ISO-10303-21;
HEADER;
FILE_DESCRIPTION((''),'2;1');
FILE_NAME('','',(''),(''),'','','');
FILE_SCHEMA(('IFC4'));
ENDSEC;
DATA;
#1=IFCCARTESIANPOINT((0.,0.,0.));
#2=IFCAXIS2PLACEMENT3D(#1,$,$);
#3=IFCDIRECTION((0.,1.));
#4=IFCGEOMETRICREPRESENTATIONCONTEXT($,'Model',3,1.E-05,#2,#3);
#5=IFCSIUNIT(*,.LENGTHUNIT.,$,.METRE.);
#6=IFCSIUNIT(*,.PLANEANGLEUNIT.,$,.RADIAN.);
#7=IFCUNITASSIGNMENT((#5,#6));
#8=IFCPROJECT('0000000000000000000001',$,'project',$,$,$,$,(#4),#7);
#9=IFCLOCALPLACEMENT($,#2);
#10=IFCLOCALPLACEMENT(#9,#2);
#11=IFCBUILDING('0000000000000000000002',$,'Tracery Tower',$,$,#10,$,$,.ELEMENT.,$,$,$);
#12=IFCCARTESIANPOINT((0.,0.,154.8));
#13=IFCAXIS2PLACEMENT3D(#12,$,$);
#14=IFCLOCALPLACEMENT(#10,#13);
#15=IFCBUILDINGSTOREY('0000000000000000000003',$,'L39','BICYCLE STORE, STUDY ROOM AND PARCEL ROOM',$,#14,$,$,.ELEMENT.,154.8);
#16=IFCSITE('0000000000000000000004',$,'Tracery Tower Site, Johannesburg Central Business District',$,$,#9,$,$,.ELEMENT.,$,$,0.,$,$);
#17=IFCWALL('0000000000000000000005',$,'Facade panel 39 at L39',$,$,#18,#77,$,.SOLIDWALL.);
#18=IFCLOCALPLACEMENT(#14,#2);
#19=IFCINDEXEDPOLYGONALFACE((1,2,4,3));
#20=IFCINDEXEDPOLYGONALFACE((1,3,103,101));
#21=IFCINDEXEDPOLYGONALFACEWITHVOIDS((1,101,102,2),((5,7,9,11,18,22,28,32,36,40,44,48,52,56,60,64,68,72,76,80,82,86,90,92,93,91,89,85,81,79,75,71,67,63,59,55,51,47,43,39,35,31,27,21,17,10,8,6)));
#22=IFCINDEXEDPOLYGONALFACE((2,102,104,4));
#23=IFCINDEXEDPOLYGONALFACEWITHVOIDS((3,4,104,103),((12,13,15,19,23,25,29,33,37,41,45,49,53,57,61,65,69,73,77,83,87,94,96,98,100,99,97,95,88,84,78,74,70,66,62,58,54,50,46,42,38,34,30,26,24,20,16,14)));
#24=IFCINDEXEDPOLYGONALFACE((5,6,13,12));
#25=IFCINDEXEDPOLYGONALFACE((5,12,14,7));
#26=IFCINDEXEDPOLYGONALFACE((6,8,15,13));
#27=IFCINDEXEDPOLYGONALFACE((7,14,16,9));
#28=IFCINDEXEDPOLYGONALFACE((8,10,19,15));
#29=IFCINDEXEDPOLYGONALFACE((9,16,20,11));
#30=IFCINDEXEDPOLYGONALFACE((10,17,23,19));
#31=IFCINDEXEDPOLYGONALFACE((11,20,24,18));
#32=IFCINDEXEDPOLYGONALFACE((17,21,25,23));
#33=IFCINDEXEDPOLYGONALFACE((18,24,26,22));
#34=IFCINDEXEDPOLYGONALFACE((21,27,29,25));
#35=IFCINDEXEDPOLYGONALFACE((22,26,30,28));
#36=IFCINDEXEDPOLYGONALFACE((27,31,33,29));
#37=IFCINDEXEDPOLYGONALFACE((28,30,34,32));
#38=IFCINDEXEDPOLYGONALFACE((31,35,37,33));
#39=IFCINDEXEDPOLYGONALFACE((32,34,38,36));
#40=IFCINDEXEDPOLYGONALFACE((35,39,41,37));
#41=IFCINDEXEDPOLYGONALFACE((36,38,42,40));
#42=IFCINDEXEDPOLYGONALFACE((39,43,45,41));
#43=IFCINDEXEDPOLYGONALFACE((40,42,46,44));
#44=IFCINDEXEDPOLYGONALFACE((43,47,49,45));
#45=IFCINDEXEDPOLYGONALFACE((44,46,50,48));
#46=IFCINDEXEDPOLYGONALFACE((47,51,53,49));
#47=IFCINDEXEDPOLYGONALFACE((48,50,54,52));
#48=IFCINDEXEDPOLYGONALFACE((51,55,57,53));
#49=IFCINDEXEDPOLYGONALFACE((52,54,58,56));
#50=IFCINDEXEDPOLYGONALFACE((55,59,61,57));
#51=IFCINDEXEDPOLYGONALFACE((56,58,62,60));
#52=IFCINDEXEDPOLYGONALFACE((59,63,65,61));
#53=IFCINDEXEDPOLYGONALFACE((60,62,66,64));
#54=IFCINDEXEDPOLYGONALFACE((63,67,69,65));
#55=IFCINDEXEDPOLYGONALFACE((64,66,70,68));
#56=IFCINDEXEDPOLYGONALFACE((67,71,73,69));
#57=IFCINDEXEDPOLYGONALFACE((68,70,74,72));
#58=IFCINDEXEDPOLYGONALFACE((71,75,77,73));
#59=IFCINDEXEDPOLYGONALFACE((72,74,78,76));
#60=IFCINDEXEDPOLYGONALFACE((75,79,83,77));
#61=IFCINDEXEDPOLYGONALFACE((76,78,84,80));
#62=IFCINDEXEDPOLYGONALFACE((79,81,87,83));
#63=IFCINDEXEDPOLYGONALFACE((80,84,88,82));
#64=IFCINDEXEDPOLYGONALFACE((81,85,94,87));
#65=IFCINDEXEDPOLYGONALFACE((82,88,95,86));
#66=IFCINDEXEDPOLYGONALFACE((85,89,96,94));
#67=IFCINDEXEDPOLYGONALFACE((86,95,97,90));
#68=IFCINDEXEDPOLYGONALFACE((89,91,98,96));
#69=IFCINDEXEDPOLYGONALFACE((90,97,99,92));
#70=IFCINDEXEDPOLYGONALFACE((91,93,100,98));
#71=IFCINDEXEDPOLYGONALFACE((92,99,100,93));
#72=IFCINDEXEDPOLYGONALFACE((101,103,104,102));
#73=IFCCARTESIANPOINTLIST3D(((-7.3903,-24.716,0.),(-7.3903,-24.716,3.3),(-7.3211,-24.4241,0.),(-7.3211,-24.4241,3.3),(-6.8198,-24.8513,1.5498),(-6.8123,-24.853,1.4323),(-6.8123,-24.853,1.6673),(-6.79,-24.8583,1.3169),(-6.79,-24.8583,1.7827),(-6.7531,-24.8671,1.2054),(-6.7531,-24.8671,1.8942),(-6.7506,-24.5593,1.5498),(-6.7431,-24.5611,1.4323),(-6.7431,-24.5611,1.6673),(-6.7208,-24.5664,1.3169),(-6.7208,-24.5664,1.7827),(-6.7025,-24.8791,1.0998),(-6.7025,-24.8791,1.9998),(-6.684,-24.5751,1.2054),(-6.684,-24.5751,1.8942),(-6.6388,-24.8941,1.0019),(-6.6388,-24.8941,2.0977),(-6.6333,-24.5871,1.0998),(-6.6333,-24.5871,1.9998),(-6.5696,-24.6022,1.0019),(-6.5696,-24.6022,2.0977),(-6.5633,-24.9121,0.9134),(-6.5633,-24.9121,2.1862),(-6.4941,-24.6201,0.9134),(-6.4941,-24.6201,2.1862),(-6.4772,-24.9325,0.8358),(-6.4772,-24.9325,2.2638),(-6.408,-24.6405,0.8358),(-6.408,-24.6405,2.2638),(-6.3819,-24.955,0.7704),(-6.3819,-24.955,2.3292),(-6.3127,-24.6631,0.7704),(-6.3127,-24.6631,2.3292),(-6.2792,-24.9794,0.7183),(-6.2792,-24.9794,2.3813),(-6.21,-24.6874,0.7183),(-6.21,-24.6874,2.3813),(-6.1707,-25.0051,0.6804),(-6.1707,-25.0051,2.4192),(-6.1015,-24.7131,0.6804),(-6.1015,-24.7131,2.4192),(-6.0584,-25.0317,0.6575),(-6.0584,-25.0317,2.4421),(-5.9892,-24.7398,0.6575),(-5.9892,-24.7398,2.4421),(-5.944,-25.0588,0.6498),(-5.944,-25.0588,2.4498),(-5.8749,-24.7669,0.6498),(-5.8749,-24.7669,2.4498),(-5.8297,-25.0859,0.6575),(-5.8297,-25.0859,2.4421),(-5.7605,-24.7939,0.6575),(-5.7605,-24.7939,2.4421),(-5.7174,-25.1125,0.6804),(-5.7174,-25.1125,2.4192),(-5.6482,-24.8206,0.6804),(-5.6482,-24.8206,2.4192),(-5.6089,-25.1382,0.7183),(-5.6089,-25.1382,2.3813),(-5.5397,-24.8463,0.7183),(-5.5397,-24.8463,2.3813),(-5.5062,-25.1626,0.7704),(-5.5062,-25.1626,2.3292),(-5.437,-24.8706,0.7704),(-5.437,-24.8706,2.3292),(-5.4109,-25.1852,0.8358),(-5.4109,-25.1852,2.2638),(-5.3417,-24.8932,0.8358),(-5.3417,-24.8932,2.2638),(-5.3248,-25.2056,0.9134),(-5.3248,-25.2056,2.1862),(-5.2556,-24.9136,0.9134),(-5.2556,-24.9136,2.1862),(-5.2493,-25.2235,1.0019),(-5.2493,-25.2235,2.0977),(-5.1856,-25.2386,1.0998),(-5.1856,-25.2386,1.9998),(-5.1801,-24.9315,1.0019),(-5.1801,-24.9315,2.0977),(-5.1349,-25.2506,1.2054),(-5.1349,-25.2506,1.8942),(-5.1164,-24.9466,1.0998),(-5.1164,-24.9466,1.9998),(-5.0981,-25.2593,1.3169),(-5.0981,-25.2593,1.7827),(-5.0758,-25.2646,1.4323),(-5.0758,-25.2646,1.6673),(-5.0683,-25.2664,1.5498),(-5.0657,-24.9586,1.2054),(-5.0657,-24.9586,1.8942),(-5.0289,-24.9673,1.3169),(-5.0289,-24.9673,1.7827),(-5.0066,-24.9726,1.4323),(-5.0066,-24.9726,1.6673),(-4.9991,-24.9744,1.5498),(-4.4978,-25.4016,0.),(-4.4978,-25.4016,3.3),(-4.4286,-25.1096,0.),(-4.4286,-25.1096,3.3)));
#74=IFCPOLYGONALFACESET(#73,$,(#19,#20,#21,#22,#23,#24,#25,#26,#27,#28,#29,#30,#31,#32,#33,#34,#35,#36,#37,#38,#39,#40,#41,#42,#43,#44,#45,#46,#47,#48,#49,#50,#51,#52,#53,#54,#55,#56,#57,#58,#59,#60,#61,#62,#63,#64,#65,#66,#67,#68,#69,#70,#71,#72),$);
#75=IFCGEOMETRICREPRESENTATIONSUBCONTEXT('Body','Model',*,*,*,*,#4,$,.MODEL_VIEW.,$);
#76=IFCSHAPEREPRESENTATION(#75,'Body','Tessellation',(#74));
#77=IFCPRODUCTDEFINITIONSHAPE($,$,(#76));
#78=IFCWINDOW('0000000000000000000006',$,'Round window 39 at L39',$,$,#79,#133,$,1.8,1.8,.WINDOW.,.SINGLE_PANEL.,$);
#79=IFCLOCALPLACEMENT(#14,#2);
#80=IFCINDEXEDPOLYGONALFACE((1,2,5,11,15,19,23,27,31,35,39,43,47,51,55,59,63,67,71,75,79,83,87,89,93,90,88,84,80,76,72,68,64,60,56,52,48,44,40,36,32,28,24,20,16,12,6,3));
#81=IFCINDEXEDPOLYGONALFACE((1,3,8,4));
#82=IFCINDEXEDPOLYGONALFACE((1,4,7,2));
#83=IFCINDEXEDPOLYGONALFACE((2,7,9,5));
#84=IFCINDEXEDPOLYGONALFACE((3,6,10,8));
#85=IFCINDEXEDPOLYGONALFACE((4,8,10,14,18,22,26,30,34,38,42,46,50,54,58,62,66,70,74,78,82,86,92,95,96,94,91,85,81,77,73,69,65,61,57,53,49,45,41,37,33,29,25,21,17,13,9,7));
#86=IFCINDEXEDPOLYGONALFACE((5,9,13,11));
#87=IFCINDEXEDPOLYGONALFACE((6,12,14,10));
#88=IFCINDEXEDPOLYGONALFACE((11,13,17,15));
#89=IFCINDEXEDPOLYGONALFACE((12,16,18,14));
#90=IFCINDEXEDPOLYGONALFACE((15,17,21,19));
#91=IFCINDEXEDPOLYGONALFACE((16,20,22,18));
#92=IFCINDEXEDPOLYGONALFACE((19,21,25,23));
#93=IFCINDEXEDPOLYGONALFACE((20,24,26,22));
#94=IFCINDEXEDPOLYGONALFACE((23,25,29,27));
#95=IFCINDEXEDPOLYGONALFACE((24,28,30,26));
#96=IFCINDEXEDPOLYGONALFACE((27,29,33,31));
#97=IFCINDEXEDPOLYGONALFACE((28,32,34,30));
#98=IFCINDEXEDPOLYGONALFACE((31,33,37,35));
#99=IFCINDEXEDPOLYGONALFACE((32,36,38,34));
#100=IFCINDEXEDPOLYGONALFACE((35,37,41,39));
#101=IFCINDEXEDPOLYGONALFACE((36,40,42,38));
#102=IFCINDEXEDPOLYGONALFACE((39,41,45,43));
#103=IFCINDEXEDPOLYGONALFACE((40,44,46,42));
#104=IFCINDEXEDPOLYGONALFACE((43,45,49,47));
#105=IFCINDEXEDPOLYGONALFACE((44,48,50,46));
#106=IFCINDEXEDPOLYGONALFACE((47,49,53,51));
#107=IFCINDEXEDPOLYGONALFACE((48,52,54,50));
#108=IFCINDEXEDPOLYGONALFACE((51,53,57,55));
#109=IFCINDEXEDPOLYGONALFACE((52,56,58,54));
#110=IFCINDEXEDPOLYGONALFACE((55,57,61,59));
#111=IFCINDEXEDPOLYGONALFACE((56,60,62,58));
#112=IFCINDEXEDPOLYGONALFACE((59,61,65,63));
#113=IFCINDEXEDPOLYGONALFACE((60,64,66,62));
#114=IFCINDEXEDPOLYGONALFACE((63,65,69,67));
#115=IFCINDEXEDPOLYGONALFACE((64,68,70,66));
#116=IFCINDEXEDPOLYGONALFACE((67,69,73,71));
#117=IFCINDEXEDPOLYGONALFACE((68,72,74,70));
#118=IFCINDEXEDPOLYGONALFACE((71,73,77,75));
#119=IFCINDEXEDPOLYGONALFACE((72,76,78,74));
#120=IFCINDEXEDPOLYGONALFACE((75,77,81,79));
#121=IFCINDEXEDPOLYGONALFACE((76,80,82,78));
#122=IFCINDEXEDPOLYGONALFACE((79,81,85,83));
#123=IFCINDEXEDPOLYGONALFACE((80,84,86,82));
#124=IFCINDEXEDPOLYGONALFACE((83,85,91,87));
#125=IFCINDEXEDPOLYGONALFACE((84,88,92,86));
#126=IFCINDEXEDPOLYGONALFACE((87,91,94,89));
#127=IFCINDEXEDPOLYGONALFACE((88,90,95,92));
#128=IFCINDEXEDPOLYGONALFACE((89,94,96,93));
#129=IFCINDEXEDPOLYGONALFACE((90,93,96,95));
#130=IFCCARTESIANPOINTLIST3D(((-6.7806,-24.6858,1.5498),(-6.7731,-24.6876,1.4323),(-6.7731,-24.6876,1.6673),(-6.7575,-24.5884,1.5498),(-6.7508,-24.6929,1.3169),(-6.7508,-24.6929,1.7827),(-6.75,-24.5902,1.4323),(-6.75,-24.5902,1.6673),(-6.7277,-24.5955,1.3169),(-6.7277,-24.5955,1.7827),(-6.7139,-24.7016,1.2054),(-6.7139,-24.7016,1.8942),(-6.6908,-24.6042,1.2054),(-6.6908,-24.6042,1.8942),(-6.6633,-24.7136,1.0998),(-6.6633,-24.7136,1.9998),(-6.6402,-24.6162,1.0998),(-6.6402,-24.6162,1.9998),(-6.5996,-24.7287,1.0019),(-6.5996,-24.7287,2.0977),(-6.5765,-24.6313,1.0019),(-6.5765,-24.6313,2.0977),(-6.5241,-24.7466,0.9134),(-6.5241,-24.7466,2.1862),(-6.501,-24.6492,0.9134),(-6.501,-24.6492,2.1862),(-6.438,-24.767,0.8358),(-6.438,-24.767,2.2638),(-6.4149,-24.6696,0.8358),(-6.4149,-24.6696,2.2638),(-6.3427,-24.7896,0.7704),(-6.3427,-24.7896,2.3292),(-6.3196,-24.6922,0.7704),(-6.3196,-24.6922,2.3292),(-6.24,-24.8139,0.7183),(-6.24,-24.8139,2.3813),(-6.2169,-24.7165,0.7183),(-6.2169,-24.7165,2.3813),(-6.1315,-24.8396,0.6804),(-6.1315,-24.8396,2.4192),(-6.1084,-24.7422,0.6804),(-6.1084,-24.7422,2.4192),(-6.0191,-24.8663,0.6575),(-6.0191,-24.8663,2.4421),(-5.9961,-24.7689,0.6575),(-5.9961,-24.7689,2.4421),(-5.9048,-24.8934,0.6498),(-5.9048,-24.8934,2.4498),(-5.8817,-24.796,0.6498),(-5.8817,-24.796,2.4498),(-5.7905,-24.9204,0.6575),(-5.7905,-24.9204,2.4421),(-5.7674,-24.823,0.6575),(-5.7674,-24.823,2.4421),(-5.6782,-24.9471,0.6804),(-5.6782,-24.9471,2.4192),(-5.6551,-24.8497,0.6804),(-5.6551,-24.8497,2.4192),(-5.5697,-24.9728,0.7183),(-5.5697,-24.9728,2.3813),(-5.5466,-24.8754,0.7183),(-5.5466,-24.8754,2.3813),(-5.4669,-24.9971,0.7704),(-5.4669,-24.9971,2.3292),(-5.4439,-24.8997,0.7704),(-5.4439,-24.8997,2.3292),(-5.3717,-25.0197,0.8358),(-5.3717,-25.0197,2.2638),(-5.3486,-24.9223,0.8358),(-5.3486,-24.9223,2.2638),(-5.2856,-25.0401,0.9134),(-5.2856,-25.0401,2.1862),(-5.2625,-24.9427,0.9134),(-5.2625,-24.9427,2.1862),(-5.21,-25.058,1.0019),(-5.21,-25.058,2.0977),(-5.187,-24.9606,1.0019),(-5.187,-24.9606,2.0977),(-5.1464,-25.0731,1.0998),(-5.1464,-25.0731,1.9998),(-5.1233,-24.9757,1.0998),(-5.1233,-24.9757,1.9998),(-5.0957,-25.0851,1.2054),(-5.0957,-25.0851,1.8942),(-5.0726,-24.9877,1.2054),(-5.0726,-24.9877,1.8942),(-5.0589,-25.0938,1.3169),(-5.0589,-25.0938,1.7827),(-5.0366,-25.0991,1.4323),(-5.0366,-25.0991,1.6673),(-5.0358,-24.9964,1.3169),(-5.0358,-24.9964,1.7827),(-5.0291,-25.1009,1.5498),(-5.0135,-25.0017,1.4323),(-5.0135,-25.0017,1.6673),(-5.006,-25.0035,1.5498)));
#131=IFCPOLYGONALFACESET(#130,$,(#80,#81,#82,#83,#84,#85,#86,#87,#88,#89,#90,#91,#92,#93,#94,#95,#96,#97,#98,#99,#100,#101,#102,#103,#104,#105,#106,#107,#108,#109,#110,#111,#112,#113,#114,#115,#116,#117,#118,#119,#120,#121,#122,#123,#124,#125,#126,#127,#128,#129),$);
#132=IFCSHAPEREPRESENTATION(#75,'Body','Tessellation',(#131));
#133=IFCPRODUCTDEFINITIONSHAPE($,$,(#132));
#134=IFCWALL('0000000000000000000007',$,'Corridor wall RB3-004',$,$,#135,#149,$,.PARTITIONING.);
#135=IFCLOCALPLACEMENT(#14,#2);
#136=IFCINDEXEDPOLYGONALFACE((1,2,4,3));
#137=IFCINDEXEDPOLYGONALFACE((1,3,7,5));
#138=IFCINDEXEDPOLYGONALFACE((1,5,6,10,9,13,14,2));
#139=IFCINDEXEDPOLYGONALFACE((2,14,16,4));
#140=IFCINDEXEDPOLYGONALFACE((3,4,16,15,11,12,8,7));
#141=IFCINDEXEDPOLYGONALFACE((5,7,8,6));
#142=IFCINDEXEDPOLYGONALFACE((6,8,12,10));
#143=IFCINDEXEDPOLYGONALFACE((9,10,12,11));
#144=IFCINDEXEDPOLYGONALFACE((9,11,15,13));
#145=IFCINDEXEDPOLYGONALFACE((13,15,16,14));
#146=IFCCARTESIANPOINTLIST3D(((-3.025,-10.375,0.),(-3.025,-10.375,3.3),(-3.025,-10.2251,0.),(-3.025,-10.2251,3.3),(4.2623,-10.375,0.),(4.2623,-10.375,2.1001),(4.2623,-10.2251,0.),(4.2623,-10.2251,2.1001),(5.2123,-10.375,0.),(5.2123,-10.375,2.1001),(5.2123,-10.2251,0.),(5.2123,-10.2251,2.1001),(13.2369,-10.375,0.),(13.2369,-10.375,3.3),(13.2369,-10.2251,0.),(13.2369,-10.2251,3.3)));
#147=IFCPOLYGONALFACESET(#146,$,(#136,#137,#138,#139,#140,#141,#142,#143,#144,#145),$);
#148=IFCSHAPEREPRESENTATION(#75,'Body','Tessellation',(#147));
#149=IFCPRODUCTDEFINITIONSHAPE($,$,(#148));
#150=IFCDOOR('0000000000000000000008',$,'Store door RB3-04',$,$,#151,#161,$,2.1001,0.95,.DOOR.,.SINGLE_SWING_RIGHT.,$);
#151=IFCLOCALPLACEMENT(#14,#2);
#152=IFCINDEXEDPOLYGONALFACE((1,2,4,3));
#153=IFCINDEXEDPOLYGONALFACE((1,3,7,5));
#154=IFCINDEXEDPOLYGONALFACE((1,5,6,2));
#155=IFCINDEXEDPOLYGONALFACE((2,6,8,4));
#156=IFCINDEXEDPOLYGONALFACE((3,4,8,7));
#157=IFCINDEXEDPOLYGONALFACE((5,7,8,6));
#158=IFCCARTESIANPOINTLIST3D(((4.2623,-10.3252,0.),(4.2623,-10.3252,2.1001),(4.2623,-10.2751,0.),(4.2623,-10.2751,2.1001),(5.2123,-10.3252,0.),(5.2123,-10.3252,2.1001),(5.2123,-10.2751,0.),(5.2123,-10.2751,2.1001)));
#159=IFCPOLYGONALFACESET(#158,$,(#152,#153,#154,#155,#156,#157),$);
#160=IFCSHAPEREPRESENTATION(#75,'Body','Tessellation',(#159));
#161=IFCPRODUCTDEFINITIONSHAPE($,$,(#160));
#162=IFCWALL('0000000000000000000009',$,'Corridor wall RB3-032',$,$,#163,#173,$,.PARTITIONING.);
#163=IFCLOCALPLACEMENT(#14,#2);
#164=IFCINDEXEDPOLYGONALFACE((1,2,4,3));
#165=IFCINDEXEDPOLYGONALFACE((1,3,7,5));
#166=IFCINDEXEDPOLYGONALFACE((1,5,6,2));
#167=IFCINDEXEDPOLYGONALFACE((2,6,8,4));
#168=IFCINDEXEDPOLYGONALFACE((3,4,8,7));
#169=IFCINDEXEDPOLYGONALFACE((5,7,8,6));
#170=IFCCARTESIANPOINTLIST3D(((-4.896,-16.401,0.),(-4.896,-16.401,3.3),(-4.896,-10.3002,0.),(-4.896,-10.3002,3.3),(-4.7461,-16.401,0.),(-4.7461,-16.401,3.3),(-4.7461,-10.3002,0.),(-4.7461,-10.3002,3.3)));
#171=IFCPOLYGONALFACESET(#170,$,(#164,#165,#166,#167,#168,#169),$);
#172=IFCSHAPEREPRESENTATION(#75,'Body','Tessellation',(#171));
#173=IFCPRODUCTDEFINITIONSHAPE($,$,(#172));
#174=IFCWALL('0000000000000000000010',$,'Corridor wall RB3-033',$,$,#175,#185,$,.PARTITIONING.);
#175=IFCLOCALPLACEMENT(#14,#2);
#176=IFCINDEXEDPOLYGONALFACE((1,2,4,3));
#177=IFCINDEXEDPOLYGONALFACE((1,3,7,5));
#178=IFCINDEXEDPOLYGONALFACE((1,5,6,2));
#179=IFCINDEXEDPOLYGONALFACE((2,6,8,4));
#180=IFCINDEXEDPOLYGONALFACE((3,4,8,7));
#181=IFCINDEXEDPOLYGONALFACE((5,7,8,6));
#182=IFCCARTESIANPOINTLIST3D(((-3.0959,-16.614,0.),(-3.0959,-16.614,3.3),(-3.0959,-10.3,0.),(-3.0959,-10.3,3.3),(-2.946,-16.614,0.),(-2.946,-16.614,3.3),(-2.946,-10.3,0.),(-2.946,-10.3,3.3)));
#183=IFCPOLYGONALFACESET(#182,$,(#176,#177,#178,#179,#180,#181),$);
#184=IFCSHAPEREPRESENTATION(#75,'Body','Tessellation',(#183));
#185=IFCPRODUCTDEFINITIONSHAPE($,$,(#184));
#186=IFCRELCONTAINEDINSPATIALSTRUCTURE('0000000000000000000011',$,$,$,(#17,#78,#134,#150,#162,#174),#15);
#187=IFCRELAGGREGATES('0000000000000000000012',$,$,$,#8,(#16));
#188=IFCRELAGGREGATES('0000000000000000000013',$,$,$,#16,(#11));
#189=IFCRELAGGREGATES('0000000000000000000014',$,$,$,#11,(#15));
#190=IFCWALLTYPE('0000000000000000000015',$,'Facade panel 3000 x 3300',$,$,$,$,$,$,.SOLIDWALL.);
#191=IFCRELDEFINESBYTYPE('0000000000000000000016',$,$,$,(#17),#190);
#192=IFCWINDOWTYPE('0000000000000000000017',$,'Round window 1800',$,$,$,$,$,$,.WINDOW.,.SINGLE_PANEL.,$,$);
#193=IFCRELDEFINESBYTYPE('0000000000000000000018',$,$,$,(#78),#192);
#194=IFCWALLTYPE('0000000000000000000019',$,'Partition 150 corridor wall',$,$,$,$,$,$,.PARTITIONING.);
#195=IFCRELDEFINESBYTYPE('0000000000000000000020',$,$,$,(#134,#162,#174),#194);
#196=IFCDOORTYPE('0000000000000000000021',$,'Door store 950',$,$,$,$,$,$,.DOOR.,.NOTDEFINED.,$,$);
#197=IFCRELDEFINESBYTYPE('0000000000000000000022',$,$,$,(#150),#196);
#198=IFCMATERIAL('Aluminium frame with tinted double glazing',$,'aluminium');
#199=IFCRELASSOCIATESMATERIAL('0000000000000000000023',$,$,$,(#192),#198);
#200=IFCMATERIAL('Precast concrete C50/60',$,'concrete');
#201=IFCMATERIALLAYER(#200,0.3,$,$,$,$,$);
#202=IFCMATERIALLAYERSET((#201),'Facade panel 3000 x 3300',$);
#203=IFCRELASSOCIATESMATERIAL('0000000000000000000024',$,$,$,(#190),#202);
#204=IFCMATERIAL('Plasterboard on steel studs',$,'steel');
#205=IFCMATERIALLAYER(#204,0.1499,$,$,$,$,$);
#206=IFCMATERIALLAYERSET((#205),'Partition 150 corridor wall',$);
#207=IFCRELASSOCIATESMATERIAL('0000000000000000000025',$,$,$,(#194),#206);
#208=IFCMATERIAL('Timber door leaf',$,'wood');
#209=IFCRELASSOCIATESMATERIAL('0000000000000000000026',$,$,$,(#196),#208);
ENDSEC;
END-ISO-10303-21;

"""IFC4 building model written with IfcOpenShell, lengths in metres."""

from ifc_helpers import new_model, si_unit, direction, frame, frame_2d, origin, origin_2d, place, context, subcontext, project, spatial, rectangle, circle, extrude, material, layer, layer_set, type_object, element, fill, save


model = new_model("IFC4")

# Units and contexts
model_context = context("Model", 3, precision=1e-05, world=origin(), true_north=direction((0.0, 1.0)))
body_context = subcontext(model_context, "Body", "Model", "MODEL_VIEW")
ifc_project = project(units=[si_unit("LENGTHUNIT", "METRE"), si_unit("PLANEANGLEUNIT", "RADIAN")], contexts=[model_context])

# Site, building, storey
site_placement = place(None, origin())
site = spatial("IfcSite", under=ifc_project, at=site_placement, Name="Tracery Tower Site, Johannesburg Central Business District", CompositionType="ELEMENT", RefElevation=0.0)
building_placement = place(site_placement, origin())
building = spatial("IfcBuilding", under=site, at=building_placement, Name="Tracery Tower", CompositionType="ELEMENT")
storey_placement = place(building_placement, frame((0.0, 0.0, 154.8)))
storey = spatial("IfcBuildingStorey", under=building, at=storey_placement, Name="L39", Description="BICYCLE STORE, STUDY ROOM AND PARCEL ROOM", CompositionType="ELEMENT", Elevation=154.8)

# Wall, opening, window
ifc_material_1 = material(Name="Aluminium frame with tinted double glazing", Category="aluminium")
window_type = type_object("IfcWindowType", Name="Round window 1800", PartitioningType="SINGLE_PANEL", PredefinedType="WINDOW", material=ifc_material_1)
ifc_material_2 = material(Name="Precast concrete C50/60", Category="concrete")
ifc_layer_1 = layer(ifc_material_2, 0.3)
ifc_layer_set_1 = layer_set([ifc_layer_1], Name="Facade panel 3000 x 3300")
wall_type_1 = type_object("IfcWallType", Name="Facade panel 3000 x 3300", PredefinedType="SOLIDWALL", material=ifc_layer_set_1)
wall_1_placement = place(storey_placement, frame((-7.3557, -24.5701, 0.0), z_axis=(0.0, 0.0, 1.0), x_axis=(0.973045, -0.230614, 0.0)))
wall_1 = element("IfcWall", 1, at=wall_1_placement, inside=storey, type_object=wall_type_1, Name="Facade panel 39 at L39", PredefinedType="SOLIDWALL", context=body_context, shape_type="SweptSolid", body=[
    extrude(rectangle(XDim=2.9727, YDim=0.3, at=frame_2d((1.4863, 0.0))), origin(), (0.0, 0.0, 1.0), 3.3),
])
opening_1_placement = place(wall_1_placement, frame((1.4863, 0.0, 1.5498)))
opening_1 = element("IfcOpeningElement", 2, at=opening_1_placement, cuts=wall_1, PredefinedType="OPENING", context=body_context, shape_type="SweptSolid", body=[
    extrude(circle(Radius=0.9, at=origin_2d()), frame((0.0, 0.1599, 0.0), z_axis=(0.0, -1.0, 0.0), x_axis=(1.0, 0.0, 0.0)), (0.0, 0.0, 1.0), 0.3201),
])
window_1_placement = place(opening_1_placement, origin())
window_1 = element("IfcWindow", 3, at=window_1_placement, inside=storey, type_object=window_type, Name="Round window 39 at L39", OverallHeight=1.8, OverallWidth=1.8, PartitioningType="SINGLE_PANEL", PredefinedType="WINDOW", context=body_context, shape_type="SweptSolid", body=[
    extrude(circle(Radius=0.9, at=origin_2d()), frame((0.0, 0.1201, 0.0), z_axis=(0.0, -1.0, 0.0), x_axis=(1.0, 0.0, 0.0)), (0.0, 0.0, 1.0), 0.1001),
])
fill(opening_1, window_1)

# Wall, opening, door
ifc_material_3 = material(Name="Plasterboard on steel studs", Category="steel")
ifc_layer_2 = layer(ifc_material_3, 0.1499)
ifc_layer_set_2 = layer_set([ifc_layer_2], Name="Partition 150 corridor wall")
wall_type_2 = type_object("IfcWallType", Name="Partition 150 corridor wall", PredefinedType="PARTITIONING", material=ifc_layer_set_2)
wall_2_placement = place(storey_placement, frame((-3.0249, -10.3, 0.0), z_axis=(0.0, 0.0, 1.0), x_axis=(1.0, 0.0, 0.0)))
wall_2 = element("IfcWall", 4, at=wall_2_placement, inside=storey, type_object=wall_type_2, Name="Corridor wall RB3-004", PredefinedType="PARTITIONING", context=body_context, shape_type="SweptSolid", body=[
    extrude(rectangle(XDim=16.262, YDim=0.1499, at=frame_2d((8.1309, 0.0))), origin(), (0.0, 0.0, 1.0), 3.3),
])
opening_2_placement = place(wall_2_placement, frame((7.2871, 0.0, 0.0)))
opening_2 = element("IfcOpeningElement", 5, at=opening_2_placement, cuts=wall_2, PredefinedType="OPENING", context=body_context, shape_type="SweptSolid", body=[
    extrude(rectangle(XDim=0.95, YDim=2.1001, at=frame_2d((0.4751, 1.05))), frame((0.0, 0.075, 0.0), z_axis=(0.0, -1.0, 0.0), x_axis=(1.0, 0.0, 0.0)), (0.0, 0.0, 1.0), 0.1499),
])
ifc_material_4 = material(Name="Timber door leaf", Category="wood")
door_type_1 = type_object("IfcDoorType", Name="Door store 950", OperationType="NOTDEFINED", PredefinedType="DOOR", material=ifc_material_4)
door_1_placement = place(opening_2_placement, origin())
door_1 = element("IfcDoor", 6, at=door_1_placement, inside=storey, type_object=door_type_1, Name="Store door RB3-04", OperationType="SINGLE_SWING_RIGHT", OverallHeight=2.1001, OverallWidth=0.95, PredefinedType="DOOR", context=body_context, shape_type="SweptSolid", body=[
    extrude(rectangle(XDim=0.95, YDim=2.1001, at=frame_2d((0.4751, 1.05))), frame((0.0, 0.0249, 0.0), z_axis=(0.0, -1.0, 0.0), x_axis=(1.0, 0.0, 0.0)), (0.0, 0.0, 1.0), 0.05),
])
fill(opening_2, door_1)

# Walls
wall_3_placement = place(storey_placement, frame((-4.821, -16.4009, 0.0), z_axis=(0.0, 0.0, 1.0), x_axis=(0.0, 1.0, 0.0)))
element("IfcWall", 7, at=wall_3_placement, inside=storey, type_object=wall_type_2, Name="Corridor wall RB3-032", PredefinedType="PARTITIONING", context=body_context, shape_type="SweptSolid", body=[
    extrude(rectangle(XDim=6.1008, YDim=0.1499, at=frame_2d((3.0503, 0.0))), origin(), (0.0, 0.0, 1.0), 3.3),
])
wall_4_placement = place(storey_placement, frame((-3.021, -16.614, 0.0), z_axis=(0.0, 0.0, 1.0), x_axis=(0.0, 1.0, 0.0)))
element("IfcWall", 8, at=wall_4_placement, inside=storey, type_object=wall_type_2, Name="Corridor wall RB3-033", PredefinedType="PARTITIONING", context=body_context, shape_type="SweptSolid", body=[
    extrude(rectangle(XDim=6.314, YDim=0.1499, at=frame_2d((3.157, 0.0))), origin(), (0.0, 0.0, 1.0), 3.3),
])

save(model, "model.ifc")
